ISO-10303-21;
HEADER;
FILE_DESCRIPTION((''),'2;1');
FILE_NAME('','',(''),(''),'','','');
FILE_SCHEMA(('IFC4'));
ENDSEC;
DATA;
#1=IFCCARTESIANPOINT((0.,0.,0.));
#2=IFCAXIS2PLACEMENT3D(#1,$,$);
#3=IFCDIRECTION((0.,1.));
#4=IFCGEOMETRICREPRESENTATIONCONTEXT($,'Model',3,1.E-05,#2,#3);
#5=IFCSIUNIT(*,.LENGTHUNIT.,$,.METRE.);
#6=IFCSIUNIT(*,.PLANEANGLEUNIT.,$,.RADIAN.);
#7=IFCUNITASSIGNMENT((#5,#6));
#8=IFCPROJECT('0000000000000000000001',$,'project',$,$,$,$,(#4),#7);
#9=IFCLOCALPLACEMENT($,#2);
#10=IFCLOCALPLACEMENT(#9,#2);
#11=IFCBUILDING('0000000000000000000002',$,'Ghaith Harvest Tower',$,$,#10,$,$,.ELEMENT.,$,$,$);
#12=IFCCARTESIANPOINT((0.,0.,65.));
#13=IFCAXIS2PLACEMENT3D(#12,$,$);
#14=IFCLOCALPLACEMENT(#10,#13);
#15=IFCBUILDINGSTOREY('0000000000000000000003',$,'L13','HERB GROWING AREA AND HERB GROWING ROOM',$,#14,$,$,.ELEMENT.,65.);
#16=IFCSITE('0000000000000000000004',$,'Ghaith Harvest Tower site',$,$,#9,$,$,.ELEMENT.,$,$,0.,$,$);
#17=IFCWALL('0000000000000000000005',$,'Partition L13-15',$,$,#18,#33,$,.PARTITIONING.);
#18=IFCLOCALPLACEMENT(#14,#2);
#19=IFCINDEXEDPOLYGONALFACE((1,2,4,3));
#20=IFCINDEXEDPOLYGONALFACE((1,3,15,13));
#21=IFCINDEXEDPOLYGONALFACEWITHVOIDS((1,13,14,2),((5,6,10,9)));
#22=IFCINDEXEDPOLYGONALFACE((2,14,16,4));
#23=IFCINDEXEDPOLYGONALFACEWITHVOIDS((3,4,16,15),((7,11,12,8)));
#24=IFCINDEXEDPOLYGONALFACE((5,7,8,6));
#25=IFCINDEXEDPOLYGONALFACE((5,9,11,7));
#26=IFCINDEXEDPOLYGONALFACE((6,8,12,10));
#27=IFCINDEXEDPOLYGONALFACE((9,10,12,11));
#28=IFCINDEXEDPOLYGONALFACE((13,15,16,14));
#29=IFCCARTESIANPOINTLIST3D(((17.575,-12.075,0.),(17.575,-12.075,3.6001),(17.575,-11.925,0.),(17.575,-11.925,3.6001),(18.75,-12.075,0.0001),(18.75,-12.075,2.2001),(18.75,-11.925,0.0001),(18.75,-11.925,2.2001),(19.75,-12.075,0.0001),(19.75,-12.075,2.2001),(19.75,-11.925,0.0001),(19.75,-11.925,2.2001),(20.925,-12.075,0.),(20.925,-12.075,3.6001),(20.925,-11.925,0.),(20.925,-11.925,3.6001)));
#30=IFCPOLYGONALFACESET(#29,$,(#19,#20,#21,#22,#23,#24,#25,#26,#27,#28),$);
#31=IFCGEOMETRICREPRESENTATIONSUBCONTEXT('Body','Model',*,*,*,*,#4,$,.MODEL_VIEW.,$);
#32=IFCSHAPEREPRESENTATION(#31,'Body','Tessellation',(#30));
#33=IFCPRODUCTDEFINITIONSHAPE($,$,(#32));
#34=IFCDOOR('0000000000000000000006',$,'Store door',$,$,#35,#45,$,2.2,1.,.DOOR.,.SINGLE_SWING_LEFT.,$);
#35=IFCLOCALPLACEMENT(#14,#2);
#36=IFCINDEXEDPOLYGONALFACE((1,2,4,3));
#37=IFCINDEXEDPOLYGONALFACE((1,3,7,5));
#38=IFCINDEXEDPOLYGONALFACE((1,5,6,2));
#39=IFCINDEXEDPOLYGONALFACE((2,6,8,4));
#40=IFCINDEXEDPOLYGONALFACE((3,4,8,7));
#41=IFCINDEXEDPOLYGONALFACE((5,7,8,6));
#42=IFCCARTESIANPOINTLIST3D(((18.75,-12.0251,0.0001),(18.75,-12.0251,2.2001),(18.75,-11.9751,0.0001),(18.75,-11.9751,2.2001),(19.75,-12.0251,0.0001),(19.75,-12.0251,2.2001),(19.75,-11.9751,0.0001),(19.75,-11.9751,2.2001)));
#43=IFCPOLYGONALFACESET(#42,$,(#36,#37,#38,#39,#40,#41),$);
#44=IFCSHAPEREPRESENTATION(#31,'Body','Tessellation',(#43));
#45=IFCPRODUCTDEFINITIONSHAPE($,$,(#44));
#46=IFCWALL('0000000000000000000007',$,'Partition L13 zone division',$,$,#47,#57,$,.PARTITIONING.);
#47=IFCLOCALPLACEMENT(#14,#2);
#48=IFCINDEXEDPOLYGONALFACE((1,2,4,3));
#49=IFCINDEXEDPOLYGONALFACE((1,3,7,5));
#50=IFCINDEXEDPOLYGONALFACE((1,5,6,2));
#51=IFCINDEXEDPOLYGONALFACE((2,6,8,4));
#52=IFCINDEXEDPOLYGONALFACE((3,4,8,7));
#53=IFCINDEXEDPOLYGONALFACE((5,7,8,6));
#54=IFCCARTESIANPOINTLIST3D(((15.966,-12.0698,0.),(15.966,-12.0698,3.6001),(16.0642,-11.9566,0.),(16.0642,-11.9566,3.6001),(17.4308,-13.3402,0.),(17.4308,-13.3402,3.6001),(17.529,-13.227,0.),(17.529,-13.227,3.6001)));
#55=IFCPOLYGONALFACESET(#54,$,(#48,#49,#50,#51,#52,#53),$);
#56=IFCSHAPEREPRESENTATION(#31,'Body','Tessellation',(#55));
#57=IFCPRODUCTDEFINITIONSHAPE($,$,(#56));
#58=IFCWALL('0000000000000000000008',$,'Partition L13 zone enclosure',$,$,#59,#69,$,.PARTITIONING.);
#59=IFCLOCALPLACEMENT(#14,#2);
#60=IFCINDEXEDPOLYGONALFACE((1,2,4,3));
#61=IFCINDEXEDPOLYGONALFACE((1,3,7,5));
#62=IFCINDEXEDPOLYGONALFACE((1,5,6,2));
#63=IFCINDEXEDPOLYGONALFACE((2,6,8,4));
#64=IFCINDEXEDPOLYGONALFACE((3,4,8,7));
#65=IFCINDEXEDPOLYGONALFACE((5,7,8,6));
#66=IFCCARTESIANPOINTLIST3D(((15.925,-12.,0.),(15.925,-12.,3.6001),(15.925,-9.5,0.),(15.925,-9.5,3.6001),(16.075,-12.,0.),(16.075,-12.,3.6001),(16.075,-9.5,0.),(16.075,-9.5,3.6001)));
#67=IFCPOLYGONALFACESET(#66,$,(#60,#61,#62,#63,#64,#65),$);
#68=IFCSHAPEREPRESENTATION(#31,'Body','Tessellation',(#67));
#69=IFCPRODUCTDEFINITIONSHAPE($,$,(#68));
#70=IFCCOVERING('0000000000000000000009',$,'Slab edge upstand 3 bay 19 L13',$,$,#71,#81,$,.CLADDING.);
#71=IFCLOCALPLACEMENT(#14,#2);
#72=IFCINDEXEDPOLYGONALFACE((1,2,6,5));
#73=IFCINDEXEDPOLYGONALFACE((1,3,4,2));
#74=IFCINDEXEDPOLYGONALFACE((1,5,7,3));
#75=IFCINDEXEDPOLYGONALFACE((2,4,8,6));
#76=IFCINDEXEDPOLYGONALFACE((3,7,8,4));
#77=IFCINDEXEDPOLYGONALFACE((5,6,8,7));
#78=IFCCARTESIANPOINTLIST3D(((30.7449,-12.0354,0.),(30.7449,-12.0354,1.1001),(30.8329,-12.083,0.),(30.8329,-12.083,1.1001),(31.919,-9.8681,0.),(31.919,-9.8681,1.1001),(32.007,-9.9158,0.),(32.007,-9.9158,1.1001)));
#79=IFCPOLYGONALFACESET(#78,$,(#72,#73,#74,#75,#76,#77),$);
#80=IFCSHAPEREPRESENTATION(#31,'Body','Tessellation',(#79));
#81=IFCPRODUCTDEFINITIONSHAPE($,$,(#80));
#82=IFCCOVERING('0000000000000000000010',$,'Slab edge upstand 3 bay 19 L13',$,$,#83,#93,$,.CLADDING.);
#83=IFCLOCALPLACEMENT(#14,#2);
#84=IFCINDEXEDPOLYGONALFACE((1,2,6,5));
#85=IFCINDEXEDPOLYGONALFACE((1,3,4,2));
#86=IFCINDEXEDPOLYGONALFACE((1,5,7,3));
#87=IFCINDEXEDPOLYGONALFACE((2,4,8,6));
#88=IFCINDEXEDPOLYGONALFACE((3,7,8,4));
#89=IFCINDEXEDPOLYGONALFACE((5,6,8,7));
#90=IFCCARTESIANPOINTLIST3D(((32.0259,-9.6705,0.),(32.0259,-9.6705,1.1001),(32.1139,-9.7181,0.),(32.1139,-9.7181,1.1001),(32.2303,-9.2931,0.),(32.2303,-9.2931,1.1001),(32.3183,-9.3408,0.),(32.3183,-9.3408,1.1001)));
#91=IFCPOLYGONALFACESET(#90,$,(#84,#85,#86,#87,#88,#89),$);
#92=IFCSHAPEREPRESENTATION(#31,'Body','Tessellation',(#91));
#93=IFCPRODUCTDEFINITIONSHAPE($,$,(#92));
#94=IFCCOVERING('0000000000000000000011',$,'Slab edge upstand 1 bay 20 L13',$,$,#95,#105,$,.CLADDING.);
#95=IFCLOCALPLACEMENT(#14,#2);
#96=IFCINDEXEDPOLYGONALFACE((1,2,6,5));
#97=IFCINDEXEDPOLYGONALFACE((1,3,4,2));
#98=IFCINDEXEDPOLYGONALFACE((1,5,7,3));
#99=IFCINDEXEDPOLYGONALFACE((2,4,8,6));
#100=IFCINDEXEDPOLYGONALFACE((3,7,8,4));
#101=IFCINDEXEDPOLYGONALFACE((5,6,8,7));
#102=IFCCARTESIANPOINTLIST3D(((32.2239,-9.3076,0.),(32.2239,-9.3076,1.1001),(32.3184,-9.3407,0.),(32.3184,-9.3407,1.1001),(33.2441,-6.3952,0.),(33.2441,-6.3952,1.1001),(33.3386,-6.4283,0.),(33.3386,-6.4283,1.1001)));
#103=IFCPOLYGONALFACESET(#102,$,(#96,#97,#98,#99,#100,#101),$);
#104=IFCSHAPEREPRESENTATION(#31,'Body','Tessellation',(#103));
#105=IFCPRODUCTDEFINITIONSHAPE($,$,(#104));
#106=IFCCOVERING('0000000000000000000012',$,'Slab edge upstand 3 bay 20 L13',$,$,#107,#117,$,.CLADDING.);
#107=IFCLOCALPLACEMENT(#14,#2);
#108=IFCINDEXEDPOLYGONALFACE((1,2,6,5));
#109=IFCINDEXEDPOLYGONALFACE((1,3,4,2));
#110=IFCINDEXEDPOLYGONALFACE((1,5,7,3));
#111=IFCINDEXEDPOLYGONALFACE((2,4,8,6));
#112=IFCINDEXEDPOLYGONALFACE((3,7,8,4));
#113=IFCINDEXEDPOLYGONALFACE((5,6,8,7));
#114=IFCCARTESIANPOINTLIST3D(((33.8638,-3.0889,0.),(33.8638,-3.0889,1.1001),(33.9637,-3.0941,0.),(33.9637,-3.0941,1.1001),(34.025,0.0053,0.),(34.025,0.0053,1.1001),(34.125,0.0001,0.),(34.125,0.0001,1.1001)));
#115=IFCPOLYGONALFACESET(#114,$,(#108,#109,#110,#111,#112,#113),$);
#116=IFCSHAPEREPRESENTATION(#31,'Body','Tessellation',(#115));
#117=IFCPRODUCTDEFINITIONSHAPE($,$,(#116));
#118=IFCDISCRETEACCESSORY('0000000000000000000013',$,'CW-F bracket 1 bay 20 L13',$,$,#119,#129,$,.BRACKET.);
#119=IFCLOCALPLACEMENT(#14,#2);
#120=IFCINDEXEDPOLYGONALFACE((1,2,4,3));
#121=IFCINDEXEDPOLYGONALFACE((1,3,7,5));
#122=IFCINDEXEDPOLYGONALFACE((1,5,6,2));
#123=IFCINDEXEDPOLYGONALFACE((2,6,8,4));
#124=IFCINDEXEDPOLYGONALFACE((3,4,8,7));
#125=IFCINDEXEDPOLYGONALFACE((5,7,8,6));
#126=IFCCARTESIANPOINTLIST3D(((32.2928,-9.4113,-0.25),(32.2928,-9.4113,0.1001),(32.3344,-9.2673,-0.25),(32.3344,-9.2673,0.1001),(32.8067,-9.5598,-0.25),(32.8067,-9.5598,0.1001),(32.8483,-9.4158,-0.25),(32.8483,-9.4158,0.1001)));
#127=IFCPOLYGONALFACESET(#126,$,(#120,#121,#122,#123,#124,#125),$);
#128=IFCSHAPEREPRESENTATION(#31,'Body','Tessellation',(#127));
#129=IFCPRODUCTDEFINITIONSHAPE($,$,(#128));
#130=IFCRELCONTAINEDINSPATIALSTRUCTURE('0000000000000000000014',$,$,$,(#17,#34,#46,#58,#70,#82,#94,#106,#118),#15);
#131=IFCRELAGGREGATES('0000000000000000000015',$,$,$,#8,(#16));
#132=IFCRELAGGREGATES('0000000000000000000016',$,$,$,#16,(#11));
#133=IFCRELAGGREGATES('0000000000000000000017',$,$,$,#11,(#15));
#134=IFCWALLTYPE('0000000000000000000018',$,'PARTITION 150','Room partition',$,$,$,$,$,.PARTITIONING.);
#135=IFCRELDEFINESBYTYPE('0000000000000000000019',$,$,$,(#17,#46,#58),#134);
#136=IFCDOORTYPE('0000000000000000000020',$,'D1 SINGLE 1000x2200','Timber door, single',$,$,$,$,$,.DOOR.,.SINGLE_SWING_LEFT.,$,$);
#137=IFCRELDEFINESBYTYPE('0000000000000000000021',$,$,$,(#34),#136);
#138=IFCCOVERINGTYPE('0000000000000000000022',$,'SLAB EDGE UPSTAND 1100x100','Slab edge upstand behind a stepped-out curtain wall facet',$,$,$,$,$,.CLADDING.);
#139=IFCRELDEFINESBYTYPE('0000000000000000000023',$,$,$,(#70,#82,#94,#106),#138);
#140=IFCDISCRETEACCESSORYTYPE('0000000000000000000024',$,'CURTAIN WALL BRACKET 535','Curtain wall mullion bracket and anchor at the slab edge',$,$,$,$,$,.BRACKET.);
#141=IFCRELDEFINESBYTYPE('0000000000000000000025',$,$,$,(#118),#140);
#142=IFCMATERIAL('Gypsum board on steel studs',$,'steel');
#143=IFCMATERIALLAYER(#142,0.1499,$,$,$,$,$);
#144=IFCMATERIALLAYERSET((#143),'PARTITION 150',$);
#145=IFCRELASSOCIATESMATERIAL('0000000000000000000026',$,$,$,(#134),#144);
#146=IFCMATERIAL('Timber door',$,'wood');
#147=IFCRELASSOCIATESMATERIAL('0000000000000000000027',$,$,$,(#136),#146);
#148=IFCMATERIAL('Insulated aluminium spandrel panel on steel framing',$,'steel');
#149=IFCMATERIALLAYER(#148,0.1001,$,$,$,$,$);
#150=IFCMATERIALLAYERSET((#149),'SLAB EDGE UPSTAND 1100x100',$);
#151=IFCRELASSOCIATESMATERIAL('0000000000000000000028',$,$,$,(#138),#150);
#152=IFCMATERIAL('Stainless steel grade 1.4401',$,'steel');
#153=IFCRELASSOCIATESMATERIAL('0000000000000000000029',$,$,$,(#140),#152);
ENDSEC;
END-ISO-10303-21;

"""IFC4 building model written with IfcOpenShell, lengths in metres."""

from ifc_helpers import new_model, si_unit, direction, frame, frame_2d, origin, origin_2d, place, context, subcontext, project, spatial, rectangle, extrude, material, layer, layer_set, type_object, element, fill, save


model = new_model("IFC4")

# Units and contexts
model_context = context("Model", 3, precision=1e-05, world=origin(), true_north=direction((0.0, 1.0)))
body_context = subcontext(model_context, "Body", "Model", "MODEL_VIEW")
ifc_project = project(units=[si_unit("LENGTHUNIT", "METRE"), si_unit("PLANEANGLEUNIT", "RADIAN")], contexts=[model_context])

# Site, building, storey
site_placement = place(None, origin())
site = spatial("IfcSite", under=ifc_project, at=site_placement, Name="Ghaith Harvest Tower site", CompositionType="ELEMENT", RefElevation=0.0)
building_placement = place(site_placement, origin())
building = spatial("IfcBuilding", under=site, at=building_placement, Name="Ghaith Harvest Tower", CompositionType="ELEMENT")
storey_placement = place(building_placement, frame((0.0, 0.0, 65.0)))
storey = spatial("IfcBuildingStorey", under=building, at=storey_placement, Name="L13", Description="HERB GROWING AREA AND HERB GROWING ROOM", CompositionType="ELEMENT", Elevation=65.0)

# Shared definitions
ifc_material_1 = material(Name="Gypsum board on steel studs", Category="steel")
ifc_layer_1 = layer(ifc_material_1, 0.1499)
ifc_layer_set_1 = layer_set([ifc_layer_1], Name="PARTITION 150")
wall_type_1 = type_object("IfcWallType", Name="PARTITION 150", Description="Room partition", PredefinedType="PARTITIONING", material=ifc_layer_set_1)

# Wall, opening, door
wall_1_placement = place(storey_placement, frame((17.575, -12.0, 0.0), z_axis=(0.0, 0.0, 1.0), x_axis=(1.0, 0.0, 0.0)))
wall_1 = element("IfcWall", 1, at=wall_1_placement, inside=storey, type_object=wall_type_1, Name="Partition L13-15", PredefinedType="PARTITIONING", context=body_context, shape_type="SweptSolid", body=[
    extrude(rectangle(XDim=3.3501, YDim=0.1499, at=frame_2d((1.675, 0.0))), origin(), (0.0, 0.0, 1.0), 3.6001),
])
opening_1_placement = place(wall_1_placement, frame((1.175, 0.0, 0.0)))
opening_1 = element("IfcOpeningElement", 2, at=opening_1_placement, cuts=wall_1, PredefinedType="OPENING", context=body_context, shape_type="SweptSolid", body=[
    extrude(rectangle(XDim=1.0, YDim=2.2, at=frame_2d((0.5, 1.1001))), frame((0.0, 0.085, 0.0), z_axis=(0.0, -1.0, 0.0), x_axis=(1.0, 0.0, 0.0)), (0.0, 0.0, 1.0), 0.1699),
])
ifc_material_2 = material(Name="Timber door", Category="wood")
door_type_1 = type_object("IfcDoorType", Name="D1 SINGLE 1000x2200", Description="Timber door, single", OperationType="SINGLE_SWING_LEFT", PredefinedType="DOOR", material=ifc_material_2)
door_1_placement = place(opening_1_placement, origin())
door_1 = element("IfcDoor", 3, at=door_1_placement, inside=storey, type_object=door_type_1, Name="Store door", OperationType="SINGLE_SWING_LEFT", OverallHeight=2.2, OverallWidth=1.0, PredefinedType="DOOR", context=body_context, shape_type="SweptSolid", body=[
    extrude(rectangle(XDim=1.0, YDim=2.2, at=frame_2d((0.5, 1.1001))), frame((0.0, 0.0249, 0.0), z_axis=(0.0, -1.0, 0.0), x_axis=(1.0, 0.0, 0.0)), (0.0, 0.0, 1.0), 0.05),
])
fill(opening_1, door_1)

# Walls
wall_2_placement = place(storey_placement, frame((16.0151, -12.0132, 0.0), z_axis=(0.0, 0.0, 1.0), x_axis=(0.75544, -0.655218, 0.0)))
element("IfcWall", 4, at=wall_2_placement, inside=storey, type_object=wall_type_1, Name="Partition L13 zone division", PredefinedType="PARTITIONING", context=body_context, shape_type="SweptSolid", body=[
    extrude(rectangle(XDim=1.939, YDim=0.1499, at=frame_2d((0.9695, 0.0))), origin(), (0.0, 0.0, 1.0), 3.6001),
])
wall_3_placement = place(storey_placement, frame((16.0, -12.0, 0.0), z_axis=(0.0, 0.0, 1.0), x_axis=(0.0, 1.0, 0.0)))
element("IfcWall", 5, at=wall_3_placement, inside=storey, type_object=wall_type_1, Name="Partition L13 zone enclosure", PredefinedType="PARTITIONING", context=body_context, shape_type="SweptSolid", body=[
    extrude(rectangle(XDim=2.5, YDim=0.1499, at=frame_2d((1.25, 0.0))), origin(), (0.0, 0.0, 1.0), 3.6001),
])

# Coverings
ifc_material_3 = material(Name="Insulated aluminium spandrel panel on steel framing", Category="steel")
ifc_layer_2 = layer(ifc_material_3, 0.1001)
ifc_layer_set_2 = layer_set([ifc_layer_2], Name="SLAB EDGE UPSTAND 1100x100")
covering_type = type_object("IfcCoveringType", Name="SLAB EDGE UPSTAND 1100x100", Description="Slab edge upstand behind a stepped-out curtain wall facet", PredefinedType="CLADDING", material=ifc_layer_set_2)
covering_1_placement = place(storey_placement, frame((31.376, -10.9756, 0.0), z_axis=(0.0, 0.0, 1.0), x_axis=(0.476349, 0.879256, 0.0)))
element("IfcCovering", 6, at=covering_1_placement, inside=storey, type_object=covering_type, Name="Slab edge upstand 3 bay 19 L13", PredefinedType="CLADDING", context=body_context, shape_type="SweptSolid", body=[
    extrude(rectangle(XDim=2.4648, YDim=0.1001, at=origin_2d()), origin(), (0.0, 0.0, 1.0), 1.1001),
])
covering_2_placement = place(storey_placement, frame((32.1721, -9.5056, 0.0), z_axis=(0.0, 0.0, 1.0), x_axis=(0.476349, 0.879256, 0.0)))
element("IfcCovering", 7, at=covering_2_placement, inside=storey, type_object=covering_type, Name="Slab edge upstand 3 bay 19 L13", PredefinedType="CLADDING", context=body_context, shape_type="SweptSolid", body=[
    extrude(rectangle(XDim=0.4292, YDim=0.1001, at=origin_2d()), origin(), (0.0, 0.0, 1.0), 1.1001),
])
covering_3_placement = place(storey_placement, frame((32.7812, -7.8679, 0.0), z_axis=(0.0, 0.0, 1.0), x_axis=(0.330598, 0.943772, 0.0)))
element("IfcCovering", 8, at=covering_3_placement, inside=storey, type_object=covering_type, Name="Slab edge upstand 1 bay 20 L13", PredefinedType="CLADDING", context=body_context, shape_type="SweptSolid", body=[
    extrude(rectangle(XDim=3.0859, YDim=0.1001, at=origin_2d()), origin(), (0.0, 0.0, 1.0), 1.1001),
])
covering_4_placement = place(storey_placement, frame((33.9944, -1.5444, 0.0), z_axis=(0.0, 0.0, 1.0), x_axis=(0.052049, 0.998645, 0.0)))
element("IfcCovering", 9, at=covering_4_placement, inside=storey, type_object=covering_type, Name="Slab edge upstand 3 bay 20 L13", PredefinedType="CLADDING", context=body_context, shape_type="SweptSolid", body=[
    extrude(rectangle(XDim=3.0984, YDim=0.1001, at=origin_2d()), origin(), (0.0, 0.0, 1.0), 1.1001),
])

# Discrete accessory
ifc_material_4 = material(Name="Stainless steel grade 1.4401", Category="steel")
discrete_accessory_type = type_object("IfcDiscreteAccessoryType", Name="CURTAIN WALL BRACKET 535", Description="Curtain wall mullion bracket and anchor at the slab edge", PredefinedType="BRACKET", material=ifc_material_4)
discrete_accessory_placement = place(storey_placement, frame((32.5706, -9.4136, -0.25), z_axis=(0.0, 0.0, 1.0), x_axis=(0.96068, -0.277657, 0.0)))
element("IfcDiscreteAccessory", 10, at=discrete_accessory_placement, inside=storey, type_object=discrete_accessory_type, Name="CW-F bracket 1 bay 20 L13", PredefinedType="BRACKET", context=body_context, shape_type="SweptSolid", body=[
    extrude(rectangle(XDim=0.5349, YDim=0.1499, at=origin_2d()), origin(), (0.0, 0.0, 1.0), 0.3501),
])

save(model, "model.ifc")
